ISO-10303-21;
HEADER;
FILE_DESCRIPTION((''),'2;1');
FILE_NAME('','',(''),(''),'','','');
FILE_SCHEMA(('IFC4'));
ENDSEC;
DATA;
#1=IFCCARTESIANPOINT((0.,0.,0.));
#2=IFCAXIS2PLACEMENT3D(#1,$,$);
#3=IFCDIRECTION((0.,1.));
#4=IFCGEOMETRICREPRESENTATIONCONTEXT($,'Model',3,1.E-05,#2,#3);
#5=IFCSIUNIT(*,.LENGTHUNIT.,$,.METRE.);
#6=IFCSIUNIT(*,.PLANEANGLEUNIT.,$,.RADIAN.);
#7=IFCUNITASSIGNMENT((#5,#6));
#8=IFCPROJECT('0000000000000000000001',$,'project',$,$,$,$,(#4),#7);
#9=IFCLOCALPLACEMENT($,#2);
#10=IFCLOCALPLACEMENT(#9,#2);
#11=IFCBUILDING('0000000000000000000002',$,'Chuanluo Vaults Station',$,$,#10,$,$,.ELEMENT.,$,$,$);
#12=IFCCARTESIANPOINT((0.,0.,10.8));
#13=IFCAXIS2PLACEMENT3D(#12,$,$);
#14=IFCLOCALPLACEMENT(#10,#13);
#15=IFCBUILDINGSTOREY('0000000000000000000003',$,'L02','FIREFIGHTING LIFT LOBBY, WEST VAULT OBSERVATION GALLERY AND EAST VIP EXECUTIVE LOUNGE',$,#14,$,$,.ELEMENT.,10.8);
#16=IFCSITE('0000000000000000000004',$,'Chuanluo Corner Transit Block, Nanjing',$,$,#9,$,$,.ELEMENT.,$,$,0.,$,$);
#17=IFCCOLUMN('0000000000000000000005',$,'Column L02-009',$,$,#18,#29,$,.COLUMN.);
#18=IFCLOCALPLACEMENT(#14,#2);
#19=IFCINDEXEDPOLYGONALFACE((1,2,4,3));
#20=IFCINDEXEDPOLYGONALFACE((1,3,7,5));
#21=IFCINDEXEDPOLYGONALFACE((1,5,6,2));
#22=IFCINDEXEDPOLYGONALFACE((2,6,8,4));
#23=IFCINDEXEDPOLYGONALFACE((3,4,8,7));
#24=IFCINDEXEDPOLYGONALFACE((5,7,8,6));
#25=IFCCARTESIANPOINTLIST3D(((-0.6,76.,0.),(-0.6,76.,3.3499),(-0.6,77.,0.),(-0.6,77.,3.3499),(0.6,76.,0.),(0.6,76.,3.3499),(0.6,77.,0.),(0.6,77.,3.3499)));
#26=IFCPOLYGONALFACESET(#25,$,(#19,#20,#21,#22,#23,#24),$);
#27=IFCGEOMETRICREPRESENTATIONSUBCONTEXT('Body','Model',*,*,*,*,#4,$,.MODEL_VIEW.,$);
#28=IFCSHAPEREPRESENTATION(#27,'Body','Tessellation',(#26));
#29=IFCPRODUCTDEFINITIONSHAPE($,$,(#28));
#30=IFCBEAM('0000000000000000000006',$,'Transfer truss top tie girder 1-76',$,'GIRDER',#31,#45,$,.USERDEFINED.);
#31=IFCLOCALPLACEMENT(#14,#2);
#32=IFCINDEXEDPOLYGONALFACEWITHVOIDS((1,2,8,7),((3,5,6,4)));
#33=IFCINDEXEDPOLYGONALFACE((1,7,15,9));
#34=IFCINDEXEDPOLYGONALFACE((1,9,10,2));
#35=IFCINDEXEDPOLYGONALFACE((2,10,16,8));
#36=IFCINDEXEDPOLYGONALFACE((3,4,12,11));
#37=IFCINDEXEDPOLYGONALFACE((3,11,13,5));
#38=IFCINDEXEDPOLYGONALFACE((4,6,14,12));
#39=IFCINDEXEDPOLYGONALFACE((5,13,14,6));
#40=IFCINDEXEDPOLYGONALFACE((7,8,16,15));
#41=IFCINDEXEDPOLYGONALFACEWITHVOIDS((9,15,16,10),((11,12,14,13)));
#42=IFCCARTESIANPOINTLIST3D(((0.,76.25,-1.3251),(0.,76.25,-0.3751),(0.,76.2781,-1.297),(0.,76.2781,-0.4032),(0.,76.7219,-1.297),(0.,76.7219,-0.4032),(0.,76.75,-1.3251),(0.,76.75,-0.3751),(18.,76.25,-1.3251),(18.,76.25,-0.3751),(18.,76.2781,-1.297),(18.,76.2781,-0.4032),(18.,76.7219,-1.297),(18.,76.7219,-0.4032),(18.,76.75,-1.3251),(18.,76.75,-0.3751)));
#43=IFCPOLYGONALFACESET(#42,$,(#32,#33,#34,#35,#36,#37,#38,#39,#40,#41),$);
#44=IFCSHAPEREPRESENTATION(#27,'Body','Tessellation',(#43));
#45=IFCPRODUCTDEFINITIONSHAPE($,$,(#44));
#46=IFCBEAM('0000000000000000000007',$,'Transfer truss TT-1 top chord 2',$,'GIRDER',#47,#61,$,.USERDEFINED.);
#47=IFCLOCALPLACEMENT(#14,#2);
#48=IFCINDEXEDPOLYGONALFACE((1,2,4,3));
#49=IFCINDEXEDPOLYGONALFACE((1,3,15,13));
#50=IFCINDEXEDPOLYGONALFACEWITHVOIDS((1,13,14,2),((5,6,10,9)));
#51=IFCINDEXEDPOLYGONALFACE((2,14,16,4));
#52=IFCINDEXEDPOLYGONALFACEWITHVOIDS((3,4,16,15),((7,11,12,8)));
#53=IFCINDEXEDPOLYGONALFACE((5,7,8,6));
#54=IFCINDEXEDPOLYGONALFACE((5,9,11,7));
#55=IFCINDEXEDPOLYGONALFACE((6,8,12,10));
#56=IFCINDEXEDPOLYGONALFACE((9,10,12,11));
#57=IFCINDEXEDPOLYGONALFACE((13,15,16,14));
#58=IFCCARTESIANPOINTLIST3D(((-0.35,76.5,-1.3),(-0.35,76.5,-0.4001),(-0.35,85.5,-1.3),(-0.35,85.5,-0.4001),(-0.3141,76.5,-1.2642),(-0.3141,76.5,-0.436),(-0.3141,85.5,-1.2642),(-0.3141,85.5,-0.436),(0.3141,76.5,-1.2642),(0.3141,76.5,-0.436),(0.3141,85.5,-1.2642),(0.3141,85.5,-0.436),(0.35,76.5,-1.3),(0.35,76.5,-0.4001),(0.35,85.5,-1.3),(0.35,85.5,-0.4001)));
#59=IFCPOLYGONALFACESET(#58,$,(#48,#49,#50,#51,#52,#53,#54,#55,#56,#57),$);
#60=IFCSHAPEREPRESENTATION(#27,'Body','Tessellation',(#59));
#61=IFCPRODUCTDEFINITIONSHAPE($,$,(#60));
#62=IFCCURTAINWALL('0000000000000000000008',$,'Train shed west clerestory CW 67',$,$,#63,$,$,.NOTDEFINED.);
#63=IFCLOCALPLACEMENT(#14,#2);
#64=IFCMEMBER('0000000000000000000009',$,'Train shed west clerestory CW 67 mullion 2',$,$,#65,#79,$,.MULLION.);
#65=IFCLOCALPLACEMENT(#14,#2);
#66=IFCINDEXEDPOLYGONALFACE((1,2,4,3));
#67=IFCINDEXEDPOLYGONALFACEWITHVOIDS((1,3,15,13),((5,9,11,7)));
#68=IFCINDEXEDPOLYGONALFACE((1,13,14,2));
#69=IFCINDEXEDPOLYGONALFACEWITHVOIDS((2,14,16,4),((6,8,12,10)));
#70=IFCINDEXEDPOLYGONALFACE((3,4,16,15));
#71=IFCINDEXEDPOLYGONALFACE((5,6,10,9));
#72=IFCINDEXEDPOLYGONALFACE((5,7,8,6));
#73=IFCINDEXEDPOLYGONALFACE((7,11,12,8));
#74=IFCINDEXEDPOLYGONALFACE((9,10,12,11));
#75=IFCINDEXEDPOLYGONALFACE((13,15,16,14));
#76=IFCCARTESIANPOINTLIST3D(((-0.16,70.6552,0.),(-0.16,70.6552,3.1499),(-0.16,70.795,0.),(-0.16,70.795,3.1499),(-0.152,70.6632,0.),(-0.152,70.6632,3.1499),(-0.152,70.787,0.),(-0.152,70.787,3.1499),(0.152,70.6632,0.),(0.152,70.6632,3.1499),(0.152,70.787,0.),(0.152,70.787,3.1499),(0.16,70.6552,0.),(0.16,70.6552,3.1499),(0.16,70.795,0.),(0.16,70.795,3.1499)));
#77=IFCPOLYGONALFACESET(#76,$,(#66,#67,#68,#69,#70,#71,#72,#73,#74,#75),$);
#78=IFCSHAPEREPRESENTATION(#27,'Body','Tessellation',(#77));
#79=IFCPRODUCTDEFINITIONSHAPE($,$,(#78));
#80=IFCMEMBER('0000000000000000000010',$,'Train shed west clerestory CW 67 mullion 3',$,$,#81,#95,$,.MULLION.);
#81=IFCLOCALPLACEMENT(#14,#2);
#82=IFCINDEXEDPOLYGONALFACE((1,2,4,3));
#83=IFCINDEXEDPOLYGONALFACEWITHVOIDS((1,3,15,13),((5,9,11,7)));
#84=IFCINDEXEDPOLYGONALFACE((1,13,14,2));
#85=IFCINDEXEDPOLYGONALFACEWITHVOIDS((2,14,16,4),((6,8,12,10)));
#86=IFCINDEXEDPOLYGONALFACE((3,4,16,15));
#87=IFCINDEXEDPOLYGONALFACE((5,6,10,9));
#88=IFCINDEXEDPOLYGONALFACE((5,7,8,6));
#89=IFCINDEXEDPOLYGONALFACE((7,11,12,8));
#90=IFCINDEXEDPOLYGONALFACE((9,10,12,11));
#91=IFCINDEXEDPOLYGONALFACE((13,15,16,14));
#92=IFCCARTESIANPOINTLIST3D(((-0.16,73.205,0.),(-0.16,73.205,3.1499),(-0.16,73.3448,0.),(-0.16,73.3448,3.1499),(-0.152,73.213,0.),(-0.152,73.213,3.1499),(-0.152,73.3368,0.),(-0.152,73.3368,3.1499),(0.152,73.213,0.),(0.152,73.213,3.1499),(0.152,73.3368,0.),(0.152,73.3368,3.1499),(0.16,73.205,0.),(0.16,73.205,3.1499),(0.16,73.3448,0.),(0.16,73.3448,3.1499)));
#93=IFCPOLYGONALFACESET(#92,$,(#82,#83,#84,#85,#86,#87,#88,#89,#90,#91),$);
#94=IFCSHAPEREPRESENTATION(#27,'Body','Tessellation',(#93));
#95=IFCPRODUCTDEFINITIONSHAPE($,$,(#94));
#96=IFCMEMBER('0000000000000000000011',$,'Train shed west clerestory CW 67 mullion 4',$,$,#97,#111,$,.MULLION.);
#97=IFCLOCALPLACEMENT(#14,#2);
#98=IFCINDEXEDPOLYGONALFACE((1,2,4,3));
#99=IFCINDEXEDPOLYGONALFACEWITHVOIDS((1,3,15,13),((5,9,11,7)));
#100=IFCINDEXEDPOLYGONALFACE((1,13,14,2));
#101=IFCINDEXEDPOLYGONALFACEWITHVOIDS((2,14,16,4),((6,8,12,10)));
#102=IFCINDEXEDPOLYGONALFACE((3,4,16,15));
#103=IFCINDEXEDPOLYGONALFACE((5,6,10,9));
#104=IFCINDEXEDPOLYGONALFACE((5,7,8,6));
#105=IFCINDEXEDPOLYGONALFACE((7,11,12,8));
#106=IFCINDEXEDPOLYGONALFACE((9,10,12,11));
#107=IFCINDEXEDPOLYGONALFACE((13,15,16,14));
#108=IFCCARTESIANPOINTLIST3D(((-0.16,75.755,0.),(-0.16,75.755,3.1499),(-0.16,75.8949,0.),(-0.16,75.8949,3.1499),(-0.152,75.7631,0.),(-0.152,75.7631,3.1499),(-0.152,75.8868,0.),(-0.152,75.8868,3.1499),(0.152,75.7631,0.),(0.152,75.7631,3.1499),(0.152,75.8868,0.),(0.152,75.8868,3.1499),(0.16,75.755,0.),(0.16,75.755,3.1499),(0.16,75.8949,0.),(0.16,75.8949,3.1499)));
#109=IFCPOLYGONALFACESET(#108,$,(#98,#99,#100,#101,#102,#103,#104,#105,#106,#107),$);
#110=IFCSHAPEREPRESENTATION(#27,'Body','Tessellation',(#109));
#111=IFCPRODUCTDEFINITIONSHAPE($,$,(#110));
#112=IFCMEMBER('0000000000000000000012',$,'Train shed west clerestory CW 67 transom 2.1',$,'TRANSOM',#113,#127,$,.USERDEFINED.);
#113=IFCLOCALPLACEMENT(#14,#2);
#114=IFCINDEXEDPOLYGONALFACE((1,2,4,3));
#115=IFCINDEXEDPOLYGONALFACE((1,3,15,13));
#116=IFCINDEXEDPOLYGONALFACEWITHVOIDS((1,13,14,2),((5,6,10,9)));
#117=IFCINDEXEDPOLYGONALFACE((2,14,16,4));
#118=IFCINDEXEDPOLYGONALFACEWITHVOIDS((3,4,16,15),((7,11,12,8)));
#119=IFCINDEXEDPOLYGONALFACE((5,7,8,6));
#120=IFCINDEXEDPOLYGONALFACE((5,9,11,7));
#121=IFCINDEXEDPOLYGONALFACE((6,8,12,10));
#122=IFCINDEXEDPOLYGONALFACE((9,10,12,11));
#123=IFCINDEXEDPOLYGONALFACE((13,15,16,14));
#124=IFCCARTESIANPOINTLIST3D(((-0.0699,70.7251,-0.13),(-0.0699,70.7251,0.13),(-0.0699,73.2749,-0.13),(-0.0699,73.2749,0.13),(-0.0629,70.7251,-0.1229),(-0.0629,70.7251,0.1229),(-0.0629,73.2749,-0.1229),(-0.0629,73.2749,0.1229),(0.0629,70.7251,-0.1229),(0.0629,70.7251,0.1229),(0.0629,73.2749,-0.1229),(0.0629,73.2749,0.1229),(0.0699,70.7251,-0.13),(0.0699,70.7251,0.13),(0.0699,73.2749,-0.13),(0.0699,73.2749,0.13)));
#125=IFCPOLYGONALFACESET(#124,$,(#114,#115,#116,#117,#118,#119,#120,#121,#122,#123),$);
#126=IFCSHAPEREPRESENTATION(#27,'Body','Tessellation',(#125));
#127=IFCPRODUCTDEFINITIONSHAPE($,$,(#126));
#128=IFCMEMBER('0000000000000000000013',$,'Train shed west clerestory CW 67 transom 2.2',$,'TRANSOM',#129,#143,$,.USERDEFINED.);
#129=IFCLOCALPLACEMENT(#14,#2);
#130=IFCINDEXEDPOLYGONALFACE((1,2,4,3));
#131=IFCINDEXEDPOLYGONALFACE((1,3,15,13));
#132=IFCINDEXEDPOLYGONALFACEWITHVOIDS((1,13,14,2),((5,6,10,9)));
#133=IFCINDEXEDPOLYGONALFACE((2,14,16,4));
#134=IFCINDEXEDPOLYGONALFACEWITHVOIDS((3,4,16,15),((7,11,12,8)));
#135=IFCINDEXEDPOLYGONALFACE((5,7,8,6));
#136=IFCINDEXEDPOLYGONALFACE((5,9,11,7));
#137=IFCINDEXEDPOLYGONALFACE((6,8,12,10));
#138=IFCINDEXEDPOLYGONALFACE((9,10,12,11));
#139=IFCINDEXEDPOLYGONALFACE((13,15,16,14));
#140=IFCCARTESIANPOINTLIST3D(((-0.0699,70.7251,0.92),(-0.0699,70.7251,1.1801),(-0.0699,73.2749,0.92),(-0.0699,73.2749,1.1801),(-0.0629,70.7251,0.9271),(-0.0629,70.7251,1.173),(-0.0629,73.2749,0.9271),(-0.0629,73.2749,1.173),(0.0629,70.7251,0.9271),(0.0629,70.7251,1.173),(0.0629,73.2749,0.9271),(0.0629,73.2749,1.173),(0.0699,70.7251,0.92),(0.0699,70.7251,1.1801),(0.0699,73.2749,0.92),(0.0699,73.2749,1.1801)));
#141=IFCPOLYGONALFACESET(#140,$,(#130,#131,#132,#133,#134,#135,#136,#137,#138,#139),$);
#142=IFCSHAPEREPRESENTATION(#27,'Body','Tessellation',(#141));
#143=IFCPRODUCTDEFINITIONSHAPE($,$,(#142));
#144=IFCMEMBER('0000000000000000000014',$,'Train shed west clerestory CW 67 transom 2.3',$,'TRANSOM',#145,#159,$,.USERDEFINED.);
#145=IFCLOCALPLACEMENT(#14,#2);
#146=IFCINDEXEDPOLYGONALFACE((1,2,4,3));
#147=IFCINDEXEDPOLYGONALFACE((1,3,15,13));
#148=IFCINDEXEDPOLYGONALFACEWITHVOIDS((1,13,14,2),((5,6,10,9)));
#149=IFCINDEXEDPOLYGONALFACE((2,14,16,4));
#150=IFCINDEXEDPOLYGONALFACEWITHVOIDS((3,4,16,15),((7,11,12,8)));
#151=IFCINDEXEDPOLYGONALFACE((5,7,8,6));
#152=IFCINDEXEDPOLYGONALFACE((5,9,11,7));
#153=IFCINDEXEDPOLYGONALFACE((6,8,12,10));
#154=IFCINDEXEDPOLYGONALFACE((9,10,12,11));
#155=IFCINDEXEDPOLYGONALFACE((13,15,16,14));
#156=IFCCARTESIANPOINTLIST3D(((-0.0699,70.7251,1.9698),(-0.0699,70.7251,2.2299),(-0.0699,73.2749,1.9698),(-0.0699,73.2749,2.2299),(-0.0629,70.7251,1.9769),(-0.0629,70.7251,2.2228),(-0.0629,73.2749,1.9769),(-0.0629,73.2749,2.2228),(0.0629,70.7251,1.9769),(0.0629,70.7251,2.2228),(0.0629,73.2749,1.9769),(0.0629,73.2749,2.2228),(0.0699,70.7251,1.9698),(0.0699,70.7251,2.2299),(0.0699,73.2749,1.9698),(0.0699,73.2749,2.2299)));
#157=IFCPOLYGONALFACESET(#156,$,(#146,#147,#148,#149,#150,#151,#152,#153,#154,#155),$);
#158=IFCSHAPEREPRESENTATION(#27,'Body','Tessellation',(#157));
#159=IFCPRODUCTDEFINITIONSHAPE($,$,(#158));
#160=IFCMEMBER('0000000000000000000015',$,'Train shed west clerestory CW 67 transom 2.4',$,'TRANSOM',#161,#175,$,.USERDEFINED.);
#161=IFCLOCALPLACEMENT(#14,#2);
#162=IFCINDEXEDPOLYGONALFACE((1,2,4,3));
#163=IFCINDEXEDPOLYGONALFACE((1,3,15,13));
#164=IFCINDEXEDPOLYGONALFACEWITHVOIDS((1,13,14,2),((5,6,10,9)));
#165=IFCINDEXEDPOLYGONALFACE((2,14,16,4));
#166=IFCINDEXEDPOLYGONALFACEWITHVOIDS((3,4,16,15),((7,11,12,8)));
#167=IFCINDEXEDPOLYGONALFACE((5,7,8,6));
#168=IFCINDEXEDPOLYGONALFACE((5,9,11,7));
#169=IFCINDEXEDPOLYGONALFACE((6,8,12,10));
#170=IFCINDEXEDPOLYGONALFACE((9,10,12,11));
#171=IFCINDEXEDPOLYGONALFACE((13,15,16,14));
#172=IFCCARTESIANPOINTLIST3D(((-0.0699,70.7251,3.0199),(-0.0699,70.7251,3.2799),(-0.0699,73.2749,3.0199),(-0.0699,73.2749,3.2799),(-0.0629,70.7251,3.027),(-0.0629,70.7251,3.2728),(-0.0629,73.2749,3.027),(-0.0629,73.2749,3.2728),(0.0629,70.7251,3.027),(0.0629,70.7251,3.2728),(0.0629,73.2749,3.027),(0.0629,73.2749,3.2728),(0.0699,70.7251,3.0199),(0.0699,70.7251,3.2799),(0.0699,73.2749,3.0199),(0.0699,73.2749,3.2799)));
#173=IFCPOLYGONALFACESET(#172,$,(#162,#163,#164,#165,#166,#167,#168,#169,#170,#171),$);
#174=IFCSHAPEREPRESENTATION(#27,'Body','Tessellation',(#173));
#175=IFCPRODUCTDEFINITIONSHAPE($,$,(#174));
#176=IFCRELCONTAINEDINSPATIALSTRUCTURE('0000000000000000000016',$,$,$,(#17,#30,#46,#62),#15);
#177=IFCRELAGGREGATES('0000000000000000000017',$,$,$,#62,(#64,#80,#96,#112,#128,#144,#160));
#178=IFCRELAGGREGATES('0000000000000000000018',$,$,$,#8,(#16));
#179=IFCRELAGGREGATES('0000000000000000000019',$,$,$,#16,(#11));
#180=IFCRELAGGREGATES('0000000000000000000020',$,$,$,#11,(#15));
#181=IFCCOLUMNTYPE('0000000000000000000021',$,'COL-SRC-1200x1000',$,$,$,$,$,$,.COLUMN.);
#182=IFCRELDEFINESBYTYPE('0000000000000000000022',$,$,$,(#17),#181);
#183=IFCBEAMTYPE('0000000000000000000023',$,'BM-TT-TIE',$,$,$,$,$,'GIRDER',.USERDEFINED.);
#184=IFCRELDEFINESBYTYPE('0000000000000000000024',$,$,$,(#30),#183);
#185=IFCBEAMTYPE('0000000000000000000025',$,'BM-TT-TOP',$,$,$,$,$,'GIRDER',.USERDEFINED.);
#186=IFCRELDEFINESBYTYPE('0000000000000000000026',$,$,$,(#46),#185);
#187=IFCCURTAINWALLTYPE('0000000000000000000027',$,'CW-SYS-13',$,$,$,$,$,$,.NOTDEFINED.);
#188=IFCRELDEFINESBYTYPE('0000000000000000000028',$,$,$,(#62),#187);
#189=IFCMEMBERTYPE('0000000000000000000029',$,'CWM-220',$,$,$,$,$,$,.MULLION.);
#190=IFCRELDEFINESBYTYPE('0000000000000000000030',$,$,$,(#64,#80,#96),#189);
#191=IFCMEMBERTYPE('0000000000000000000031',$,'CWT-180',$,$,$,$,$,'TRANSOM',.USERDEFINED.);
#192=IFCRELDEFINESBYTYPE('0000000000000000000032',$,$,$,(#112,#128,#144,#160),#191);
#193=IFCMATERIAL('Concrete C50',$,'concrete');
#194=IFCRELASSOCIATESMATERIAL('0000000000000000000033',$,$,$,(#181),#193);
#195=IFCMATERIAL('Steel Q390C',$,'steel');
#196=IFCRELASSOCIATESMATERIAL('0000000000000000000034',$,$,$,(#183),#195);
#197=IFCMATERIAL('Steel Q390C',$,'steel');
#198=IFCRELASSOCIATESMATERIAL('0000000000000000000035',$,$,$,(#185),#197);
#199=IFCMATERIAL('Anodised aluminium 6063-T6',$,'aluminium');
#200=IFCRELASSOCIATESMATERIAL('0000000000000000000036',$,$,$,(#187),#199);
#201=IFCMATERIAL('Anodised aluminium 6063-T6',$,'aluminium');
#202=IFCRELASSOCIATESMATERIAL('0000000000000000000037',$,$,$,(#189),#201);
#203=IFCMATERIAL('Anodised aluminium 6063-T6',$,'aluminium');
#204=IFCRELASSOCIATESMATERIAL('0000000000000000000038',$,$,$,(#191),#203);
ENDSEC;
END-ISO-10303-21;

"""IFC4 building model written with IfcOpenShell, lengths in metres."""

from ifc_helpers import new_model, si_unit, direction, frame, origin, origin_2d, place, context, subcontext, project, spatial, rectangle, hollow_rectangle, extrude, material, material_profile, profile_set, type_object, element, aggregate, save


model = new_model("IFC4")

# Units and contexts
model_context = context("Model", 3, precision=1e-05, world=origin(), true_north=direction((0.0, 1.0)))
body_context = subcontext(model_context, "Body", "Model", "MODEL_VIEW")
ifc_project = project(units=[si_unit("LENGTHUNIT", "METRE"), si_unit("PLANEANGLEUNIT", "RADIAN")], contexts=[model_context])

# Site, building, storey
site_placement = place(None, origin())
site = spatial("IfcSite", under=ifc_project, at=site_placement, Name="Chuanluo Corner Transit Block, Nanjing", CompositionType="ELEMENT", RefElevation=0.0)
building_placement = place(site_placement, origin())
building = spatial("IfcBuilding", under=site, at=building_placement, Name="Chuanluo Vaults Station", CompositionType="ELEMENT")
storey_placement = place(building_placement, frame((0.0, 0.0, 10.8)))
storey = spatial("IfcBuildingStorey", under=building, at=storey_placement, Name="L02", Description="FIREFIGHTING LIFT LOBBY, WEST VAULT OBSERVATION GALLERY AND EAST VIP EXECUTIVE LOUNGE", CompositionType="ELEMENT", Elevation=10.8)

# Column
ifc_material_1 = material(Name="Concrete C50", Category="concrete")
ifc_material_profile_1 = material_profile(ifc_material_1, rectangle(XDim=1.2, YDim=1.0, at=origin_2d()))
ifc_profile_set_1 = profile_set([ifc_material_profile_1], Name="Concrete C50")
column_type = type_object("IfcColumnType", Name="COL-SRC-1200x1000", PredefinedType="COLUMN", material=ifc_profile_set_1)
column_placement = place(storey_placement, frame((0.0, 76.5, 0.0), z_axis=(0.0, 0.0, 1.0), x_axis=(1.0, 0.0, 0.0)))
element("IfcColumn", 1, at=column_placement, inside=storey, type_object=column_type, Name="Column L02-009", PredefinedType="COLUMN", context=body_context, shape_type="SweptSolid", body=[
    extrude(rectangle(XDim=1.2, YDim=1.0, at=origin_2d()), origin(), (0.0, 0.0, 1.0), 3.3499),
])

# Beams
ifc_material_2 = material(Name="Steel Q390C", Category="steel")
ifc_material_profile_2 = material_profile(ifc_material_2, hollow_rectangle(XDim=0.5, YDim=0.95, WallThickness=0.0281, at=origin_2d()))
ifc_profile_set_2 = profile_set([ifc_material_profile_2], Name="Steel Q390C")
beam_type_1 = type_object("IfcBeamType", Name="BM-TT-TIE", ElementType="GIRDER", PredefinedType="USERDEFINED", material=ifc_profile_set_2)
beam_1_placement = place(storey_placement, frame((0.0, 76.5, -0.8501), z_axis=(1.0, 0.0, 0.0), x_axis=(0.0, 1.0, 0.0)))
element("IfcBeam", 2, at=beam_1_placement, inside=storey, type_object=beam_type_1, Name="Transfer truss top tie girder 1-76", ObjectType="GIRDER", PredefinedType="USERDEFINED", context=body_context, shape_type="SweptSolid", body=[
    extrude(hollow_rectangle(XDim=0.5, YDim=0.95, WallThickness=0.0281, at=origin_2d()), origin(), (0.0, 0.0, 1.0), 18.0),
])
ifc_material_3 = material(Name="Steel Q390C", Category="steel")
ifc_material_profile_3 = material_profile(ifc_material_3, hollow_rectangle(XDim=0.7, YDim=0.8999, WallThickness=0.0359, at=origin_2d()))
ifc_profile_set_3 = profile_set([ifc_material_profile_3], Name="Steel Q390C")
beam_type_2 = type_object("IfcBeamType", Name="BM-TT-TOP", ElementType="GIRDER", PredefinedType="USERDEFINED", material=ifc_profile_set_3)
beam_2_placement = place(storey_placement, frame((0.0, 76.5, -0.8501), z_axis=(0.0, 1.0, 0.0), x_axis=(-1.0, 0.0, 0.0)))
element("IfcBeam", 3, at=beam_2_placement, inside=storey, type_object=beam_type_2, Name="Transfer truss TT-1 top chord 2", ObjectType="GIRDER", PredefinedType="USERDEFINED", context=body_context, shape_type="SweptSolid", body=[
    extrude(hollow_rectangle(XDim=0.7, YDim=0.8999, WallThickness=0.0359, at=origin_2d()), origin(), (0.0, 0.0, 1.0), 9.0),
])

# Curtain wall, members
ifc_material_4 = material(Name="Anodised aluminium 6063-T6", Category="aluminium")
curtain_wall_type = type_object("IfcCurtainWallType", Name="CW-SYS-13", PredefinedType="NOTDEFINED", material=ifc_material_4)
curtain_wall_placement = place(storey_placement, origin())
curtain_wall = element("IfcCurtainWall", 4, at=curtain_wall_placement, inside=storey, type_object=curtain_wall_type, Name="Train shed west clerestory CW 67", PredefinedType="NOTDEFINED")
ifc_material_5 = material(Name="Anodised aluminium 6063-T6", Category="aluminium")
ifc_material_profile_4 = material_profile(ifc_material_5, hollow_rectangle(XDim=0.1399, YDim=0.3201, WallThickness=0.0081, at=origin_2d()))
ifc_profile_set_4 = profile_set([ifc_material_profile_4], Name="Anodised aluminium 6063-T6")
member_type_1 = type_object("IfcMemberType", Name="CWM-220", PredefinedType="MULLION", material=ifc_profile_set_4)
member_1_placement = place(storey_placement, frame((0.0, 70.7251, 0.0), z_axis=(0.0, 0.0, 1.0), x_axis=(0.0, 1.0, 0.0)))
member_1 = element("IfcMember", 5, at=member_1_placement, type_object=member_type_1, Name="Train shed west clerestory CW 67 mullion 2", PredefinedType="MULLION", context=body_context, shape_type="SweptSolid", body=[
    extrude(hollow_rectangle(XDim=0.1399, YDim=0.3201, WallThickness=0.0081, at=origin_2d()), origin(), (0.0, 0.0, 1.0), 3.1499),
])
member_2_placement = place(storey_placement, frame((0.0, 73.2749, 0.0), z_axis=(0.0, 0.0, 1.0), x_axis=(0.0, 1.0, 0.0)))
member_2 = element("IfcMember", 6, at=member_2_placement, type_object=member_type_1, Name="Train shed west clerestory CW 67 mullion 3", PredefinedType="MULLION", context=body_context, shape_type="SweptSolid", body=[
    extrude(hollow_rectangle(XDim=0.1399, YDim=0.3201, WallThickness=0.0081, at=origin_2d()), origin(), (0.0, 0.0, 1.0), 3.1499),
])
member_3_placement = place(storey_placement, frame((0.0, 75.825, 0.0), z_axis=(0.0, 0.0, 1.0), x_axis=(0.0, 1.0, 0.0)))
member_3 = element("IfcMember", 7, at=member_3_placement, type_object=member_type_1, Name="Train shed west clerestory CW 67 mullion 4", PredefinedType="MULLION", context=body_context, shape_type="SweptSolid", body=[
    extrude(hollow_rectangle(XDim=0.1399, YDim=0.3201, WallThickness=0.0081, at=origin_2d()), origin(), (0.0, 0.0, 1.0), 3.1499),
])
ifc_material_6 = material(Name="Anodised aluminium 6063-T6", Category="aluminium")
ifc_material_profile_5 = material_profile(ifc_material_6, hollow_rectangle(XDim=0.1399, YDim=0.26, WallThickness=0.0071, at=origin_2d()))
ifc_profile_set_5 = profile_set([ifc_material_profile_5], Name="Anodised aluminium 6063-T6")
member_type_2 = type_object("IfcMemberType", Name="CWT-180", ElementType="TRANSOM", PredefinedType="USERDEFINED", material=ifc_profile_set_5)
member_4_placement = place(storey_placement, frame((0.0, 70.7251, 0.0), z_axis=(0.0, 1.0, 0.0), x_axis=(-1.0, 0.0, 0.0)))
member_4 = element("IfcMember", 8, at=member_4_placement, type_object=member_type_2, Name="Train shed west clerestory CW 67 transom 2.1", ObjectType="TRANSOM", PredefinedType="USERDEFINED", context=body_context, shape_type="SweptSolid", body=[
    extrude(hollow_rectangle(XDim=0.1399, YDim=0.26, WallThickness=0.0071, at=origin_2d()), origin(), (0.0, 0.0, 1.0), 2.5498),
])
member_5_placement = place(storey_placement, frame((0.0, 70.7251, 1.05), z_axis=(0.0, 1.0, 0.0), x_axis=(-1.0, 0.0, 0.0)))
member_5 = element("IfcMember", 9, at=member_5_placement, type_object=member_type_2, Name="Train shed west clerestory CW 67 transom 2.2", ObjectType="TRANSOM", PredefinedType="USERDEFINED", context=body_context, shape_type="SweptSolid", body=[
    extrude(hollow_rectangle(XDim=0.1399, YDim=0.26, WallThickness=0.0071, at=origin_2d()), origin(), (0.0, 0.0, 1.0), 2.5498),
])
member_6_placement = place(storey_placement, frame((0.0, 70.7251, 2.0999), z_axis=(0.0, 1.0, 0.0), x_axis=(-1.0, 0.0, 0.0)))
member_6 = element("IfcMember", 10, at=member_6_placement, type_object=member_type_2, Name="Train shed west clerestory CW 67 transom 2.3", ObjectType="TRANSOM", PredefinedType="USERDEFINED", context=body_context, shape_type="SweptSolid", body=[
    extrude(hollow_rectangle(XDim=0.1399, YDim=0.26, WallThickness=0.0071, at=origin_2d()), origin(), (0.0, 0.0, 1.0), 2.5498),
])
member_7_placement = place(storey_placement, frame((0.0, 70.7251, 3.1499), z_axis=(0.0, 1.0, 0.0), x_axis=(-1.0, 0.0, 0.0)))
member_7 = element("IfcMember", 11, at=member_7_placement, type_object=member_type_2, Name="Train shed west clerestory CW 67 transom 2.4", ObjectType="TRANSOM", PredefinedType="USERDEFINED", context=body_context, shape_type="SweptSolid", body=[
    extrude(hollow_rectangle(XDim=0.1399, YDim=0.26, WallThickness=0.0071, at=origin_2d()), origin(), (0.0, 0.0, 1.0), 2.5498),
])

aggregate(curtain_wall, [member_1, member_2, member_3, member_4, member_5, member_6, member_7])

save(model, "model.ifc")
